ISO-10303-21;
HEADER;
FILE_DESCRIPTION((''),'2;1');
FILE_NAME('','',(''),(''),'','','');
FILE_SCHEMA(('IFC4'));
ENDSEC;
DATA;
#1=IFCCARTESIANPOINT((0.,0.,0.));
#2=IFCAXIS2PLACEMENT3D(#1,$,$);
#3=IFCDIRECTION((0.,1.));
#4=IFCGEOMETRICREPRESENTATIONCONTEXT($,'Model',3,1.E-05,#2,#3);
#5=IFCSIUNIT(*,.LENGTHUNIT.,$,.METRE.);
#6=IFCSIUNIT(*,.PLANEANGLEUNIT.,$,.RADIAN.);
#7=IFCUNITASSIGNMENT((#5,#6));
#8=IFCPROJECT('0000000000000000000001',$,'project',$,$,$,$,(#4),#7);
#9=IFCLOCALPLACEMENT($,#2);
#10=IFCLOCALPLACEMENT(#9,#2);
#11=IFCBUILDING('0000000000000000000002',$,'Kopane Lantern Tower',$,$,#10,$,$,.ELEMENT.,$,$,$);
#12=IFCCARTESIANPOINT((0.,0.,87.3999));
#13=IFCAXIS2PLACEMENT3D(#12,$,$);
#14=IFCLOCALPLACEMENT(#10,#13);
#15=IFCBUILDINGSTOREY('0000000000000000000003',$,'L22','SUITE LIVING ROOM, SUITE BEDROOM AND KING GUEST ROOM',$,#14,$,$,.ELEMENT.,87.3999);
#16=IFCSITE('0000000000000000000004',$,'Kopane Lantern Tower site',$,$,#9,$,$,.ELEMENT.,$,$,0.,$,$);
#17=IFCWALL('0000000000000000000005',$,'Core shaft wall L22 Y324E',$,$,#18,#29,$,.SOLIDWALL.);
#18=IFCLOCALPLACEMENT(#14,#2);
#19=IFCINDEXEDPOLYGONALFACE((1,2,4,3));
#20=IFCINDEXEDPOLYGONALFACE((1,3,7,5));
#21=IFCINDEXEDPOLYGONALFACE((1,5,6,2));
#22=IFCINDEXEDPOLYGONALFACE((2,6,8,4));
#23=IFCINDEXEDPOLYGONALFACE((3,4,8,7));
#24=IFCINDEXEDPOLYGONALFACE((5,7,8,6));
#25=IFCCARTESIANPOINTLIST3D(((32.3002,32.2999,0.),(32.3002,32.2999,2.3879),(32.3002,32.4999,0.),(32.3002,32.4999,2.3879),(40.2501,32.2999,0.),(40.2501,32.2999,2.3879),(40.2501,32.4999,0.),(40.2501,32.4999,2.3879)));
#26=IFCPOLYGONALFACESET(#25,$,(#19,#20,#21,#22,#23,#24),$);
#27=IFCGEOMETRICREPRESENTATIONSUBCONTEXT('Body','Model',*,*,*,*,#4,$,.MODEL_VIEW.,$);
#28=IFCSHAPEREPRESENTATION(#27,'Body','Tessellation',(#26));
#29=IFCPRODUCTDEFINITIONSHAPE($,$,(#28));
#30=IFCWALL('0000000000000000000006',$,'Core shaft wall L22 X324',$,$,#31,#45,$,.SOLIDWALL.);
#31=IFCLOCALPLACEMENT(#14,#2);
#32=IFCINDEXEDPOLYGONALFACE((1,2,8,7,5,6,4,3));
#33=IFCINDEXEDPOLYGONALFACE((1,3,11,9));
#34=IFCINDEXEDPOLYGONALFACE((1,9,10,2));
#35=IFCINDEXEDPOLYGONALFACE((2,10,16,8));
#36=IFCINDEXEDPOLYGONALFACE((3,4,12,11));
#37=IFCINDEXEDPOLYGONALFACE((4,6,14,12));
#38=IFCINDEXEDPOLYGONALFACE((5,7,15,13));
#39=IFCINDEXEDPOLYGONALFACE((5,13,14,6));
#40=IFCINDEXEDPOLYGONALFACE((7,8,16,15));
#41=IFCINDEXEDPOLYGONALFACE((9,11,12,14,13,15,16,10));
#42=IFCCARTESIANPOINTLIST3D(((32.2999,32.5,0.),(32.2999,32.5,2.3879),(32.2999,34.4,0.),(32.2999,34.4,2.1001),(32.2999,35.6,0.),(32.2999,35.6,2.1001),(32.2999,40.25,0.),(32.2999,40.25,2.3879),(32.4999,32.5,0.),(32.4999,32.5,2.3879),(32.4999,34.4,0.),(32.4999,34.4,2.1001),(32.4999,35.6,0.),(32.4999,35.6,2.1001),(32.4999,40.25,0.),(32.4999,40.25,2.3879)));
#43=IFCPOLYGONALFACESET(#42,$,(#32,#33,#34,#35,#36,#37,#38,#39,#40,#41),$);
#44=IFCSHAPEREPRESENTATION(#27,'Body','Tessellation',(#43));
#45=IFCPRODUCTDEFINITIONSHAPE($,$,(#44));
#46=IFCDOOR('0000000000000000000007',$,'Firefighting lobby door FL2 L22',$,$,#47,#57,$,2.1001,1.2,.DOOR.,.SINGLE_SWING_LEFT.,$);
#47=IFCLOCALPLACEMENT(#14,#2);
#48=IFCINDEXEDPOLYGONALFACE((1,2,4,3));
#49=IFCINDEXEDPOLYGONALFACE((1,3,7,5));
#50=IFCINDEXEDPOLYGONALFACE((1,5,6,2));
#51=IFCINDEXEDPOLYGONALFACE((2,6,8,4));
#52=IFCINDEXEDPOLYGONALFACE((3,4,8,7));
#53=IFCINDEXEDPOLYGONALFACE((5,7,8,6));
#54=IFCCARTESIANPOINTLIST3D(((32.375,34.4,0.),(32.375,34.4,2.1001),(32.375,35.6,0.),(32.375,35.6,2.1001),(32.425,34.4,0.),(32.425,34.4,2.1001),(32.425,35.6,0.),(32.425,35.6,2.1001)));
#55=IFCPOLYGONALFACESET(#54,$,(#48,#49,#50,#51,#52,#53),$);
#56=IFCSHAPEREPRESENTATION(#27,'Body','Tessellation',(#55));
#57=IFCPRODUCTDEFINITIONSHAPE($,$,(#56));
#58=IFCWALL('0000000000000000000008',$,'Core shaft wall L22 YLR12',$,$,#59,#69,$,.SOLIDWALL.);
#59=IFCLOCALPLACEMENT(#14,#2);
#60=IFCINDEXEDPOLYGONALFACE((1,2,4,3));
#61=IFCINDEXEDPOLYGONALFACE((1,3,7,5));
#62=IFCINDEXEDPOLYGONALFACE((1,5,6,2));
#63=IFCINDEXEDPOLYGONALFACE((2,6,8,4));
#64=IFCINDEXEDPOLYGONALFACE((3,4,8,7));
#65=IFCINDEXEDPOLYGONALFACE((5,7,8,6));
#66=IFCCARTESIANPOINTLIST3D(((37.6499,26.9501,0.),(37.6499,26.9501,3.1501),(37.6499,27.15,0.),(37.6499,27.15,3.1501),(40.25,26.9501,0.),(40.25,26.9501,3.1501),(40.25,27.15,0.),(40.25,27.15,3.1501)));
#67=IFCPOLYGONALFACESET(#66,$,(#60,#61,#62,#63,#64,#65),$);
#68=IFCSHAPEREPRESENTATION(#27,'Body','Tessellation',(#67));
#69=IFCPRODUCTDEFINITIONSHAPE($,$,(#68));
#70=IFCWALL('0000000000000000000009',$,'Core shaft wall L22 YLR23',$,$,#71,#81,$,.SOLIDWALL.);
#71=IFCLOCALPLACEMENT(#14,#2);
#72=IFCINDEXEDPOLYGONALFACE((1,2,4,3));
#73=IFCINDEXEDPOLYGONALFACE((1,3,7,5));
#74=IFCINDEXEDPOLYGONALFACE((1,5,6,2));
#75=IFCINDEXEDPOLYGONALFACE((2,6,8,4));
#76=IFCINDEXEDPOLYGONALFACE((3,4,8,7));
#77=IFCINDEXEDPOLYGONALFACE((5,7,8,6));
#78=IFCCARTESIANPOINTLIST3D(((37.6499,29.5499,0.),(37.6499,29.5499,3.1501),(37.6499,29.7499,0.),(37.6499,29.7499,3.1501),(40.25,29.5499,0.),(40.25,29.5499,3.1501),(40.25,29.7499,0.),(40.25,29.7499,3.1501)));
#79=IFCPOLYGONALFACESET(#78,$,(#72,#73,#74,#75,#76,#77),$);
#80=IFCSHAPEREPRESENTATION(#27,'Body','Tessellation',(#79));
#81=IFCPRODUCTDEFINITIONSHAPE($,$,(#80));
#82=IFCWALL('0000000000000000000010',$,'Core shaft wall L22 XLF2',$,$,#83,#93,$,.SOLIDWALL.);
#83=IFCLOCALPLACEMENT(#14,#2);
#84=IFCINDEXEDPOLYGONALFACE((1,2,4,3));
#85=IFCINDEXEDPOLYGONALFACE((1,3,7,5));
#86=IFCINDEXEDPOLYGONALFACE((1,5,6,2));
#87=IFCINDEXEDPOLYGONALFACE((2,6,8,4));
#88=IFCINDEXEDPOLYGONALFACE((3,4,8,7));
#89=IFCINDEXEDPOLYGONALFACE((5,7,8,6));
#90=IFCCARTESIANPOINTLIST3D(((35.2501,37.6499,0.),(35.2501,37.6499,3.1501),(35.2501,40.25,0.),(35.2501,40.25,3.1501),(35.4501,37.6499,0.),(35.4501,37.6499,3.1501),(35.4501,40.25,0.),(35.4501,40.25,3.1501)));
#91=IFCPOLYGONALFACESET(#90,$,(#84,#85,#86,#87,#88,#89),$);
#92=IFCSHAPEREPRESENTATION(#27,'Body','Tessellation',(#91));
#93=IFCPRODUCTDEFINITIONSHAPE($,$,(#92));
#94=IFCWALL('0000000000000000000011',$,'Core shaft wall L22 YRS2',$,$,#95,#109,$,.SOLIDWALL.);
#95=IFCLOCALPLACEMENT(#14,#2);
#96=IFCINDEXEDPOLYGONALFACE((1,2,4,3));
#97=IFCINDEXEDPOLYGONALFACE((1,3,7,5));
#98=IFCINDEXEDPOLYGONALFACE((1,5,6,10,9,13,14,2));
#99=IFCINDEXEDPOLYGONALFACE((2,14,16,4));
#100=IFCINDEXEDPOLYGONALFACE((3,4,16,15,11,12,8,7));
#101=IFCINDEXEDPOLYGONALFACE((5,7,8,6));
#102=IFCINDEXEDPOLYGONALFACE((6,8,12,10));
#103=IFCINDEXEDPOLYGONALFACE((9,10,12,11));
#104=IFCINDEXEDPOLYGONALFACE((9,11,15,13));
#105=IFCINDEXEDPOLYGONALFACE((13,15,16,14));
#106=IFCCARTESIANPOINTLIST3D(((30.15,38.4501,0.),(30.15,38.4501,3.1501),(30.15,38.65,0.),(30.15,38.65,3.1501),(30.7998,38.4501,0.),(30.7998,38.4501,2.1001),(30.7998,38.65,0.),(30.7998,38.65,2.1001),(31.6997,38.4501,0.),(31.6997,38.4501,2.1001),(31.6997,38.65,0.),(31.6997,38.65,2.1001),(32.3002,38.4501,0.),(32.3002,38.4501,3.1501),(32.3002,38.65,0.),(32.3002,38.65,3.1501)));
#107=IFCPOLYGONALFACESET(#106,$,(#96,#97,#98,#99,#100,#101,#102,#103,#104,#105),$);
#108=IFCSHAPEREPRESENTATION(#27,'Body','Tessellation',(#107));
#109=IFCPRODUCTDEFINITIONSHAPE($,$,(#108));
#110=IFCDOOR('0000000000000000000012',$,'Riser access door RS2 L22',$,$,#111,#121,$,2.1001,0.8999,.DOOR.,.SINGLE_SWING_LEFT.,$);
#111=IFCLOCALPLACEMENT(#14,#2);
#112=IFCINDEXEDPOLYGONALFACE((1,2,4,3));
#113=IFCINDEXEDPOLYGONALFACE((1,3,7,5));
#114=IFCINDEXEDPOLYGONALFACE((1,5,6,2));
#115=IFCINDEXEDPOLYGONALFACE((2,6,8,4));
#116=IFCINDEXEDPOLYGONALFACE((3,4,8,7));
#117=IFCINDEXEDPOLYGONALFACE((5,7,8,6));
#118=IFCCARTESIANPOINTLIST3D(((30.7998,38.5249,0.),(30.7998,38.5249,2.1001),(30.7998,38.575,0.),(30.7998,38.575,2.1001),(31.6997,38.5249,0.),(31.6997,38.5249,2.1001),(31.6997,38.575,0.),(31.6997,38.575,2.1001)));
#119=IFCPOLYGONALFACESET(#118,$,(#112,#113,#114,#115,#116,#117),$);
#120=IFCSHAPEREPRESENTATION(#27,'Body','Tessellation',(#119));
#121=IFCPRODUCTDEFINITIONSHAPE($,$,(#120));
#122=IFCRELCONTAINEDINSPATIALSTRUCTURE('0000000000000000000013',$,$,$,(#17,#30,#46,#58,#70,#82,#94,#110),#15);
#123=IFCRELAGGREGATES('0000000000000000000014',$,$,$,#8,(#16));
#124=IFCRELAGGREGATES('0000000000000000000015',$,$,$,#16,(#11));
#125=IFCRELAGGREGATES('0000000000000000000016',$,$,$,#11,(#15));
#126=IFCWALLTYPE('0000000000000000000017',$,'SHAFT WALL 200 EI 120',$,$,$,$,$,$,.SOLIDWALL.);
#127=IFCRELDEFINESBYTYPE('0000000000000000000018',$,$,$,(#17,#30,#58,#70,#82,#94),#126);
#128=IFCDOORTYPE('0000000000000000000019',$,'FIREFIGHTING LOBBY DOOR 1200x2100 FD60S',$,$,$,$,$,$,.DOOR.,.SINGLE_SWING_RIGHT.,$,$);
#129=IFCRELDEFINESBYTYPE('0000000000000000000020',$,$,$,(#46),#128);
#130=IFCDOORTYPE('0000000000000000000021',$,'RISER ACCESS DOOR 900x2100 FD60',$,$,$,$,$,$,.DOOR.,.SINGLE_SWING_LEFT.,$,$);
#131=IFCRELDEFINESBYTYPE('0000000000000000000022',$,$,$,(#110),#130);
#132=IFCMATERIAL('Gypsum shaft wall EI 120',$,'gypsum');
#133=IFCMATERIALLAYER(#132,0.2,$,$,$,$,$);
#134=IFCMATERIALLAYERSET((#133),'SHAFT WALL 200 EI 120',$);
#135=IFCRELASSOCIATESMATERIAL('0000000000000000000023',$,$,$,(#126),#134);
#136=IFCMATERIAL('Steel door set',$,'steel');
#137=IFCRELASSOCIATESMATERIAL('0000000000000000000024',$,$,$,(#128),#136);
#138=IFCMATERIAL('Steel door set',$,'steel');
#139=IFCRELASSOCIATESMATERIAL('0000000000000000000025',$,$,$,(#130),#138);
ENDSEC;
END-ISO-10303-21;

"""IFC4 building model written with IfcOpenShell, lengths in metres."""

from ifc_helpers import new_model, si_unit, direction, frame, frame_2d, origin, place, context, subcontext, project, spatial, rectangle, extrude, material, layer, layer_set, type_object, element, fill, save


model = new_model("IFC4")

# Units and contexts
model_context = context("Model", 3, precision=1e-05, world=origin(), true_north=direction((0.0, 1.0)))
body_context = subcontext(model_context, "Body", "Model", "MODEL_VIEW")
ifc_project = project(units=[si_unit("LENGTHUNIT", "METRE"), si_unit("PLANEANGLEUNIT", "RADIAN")], contexts=[model_context])

# Site, building, storey
site_placement = place(None, origin())
site = spatial("IfcSite", under=ifc_project, at=site_placement, Name="Kopane Lantern Tower site", CompositionType="ELEMENT", RefElevation=0.0)
building_placement = place(site_placement, origin())
building = spatial("IfcBuilding", under=site, at=building_placement, Name="Kopane Lantern Tower", CompositionType="ELEMENT")
storey_placement = place(building_placement, frame((0.0, 0.0, 87.3999)))
storey = spatial("IfcBuildingStorey", under=building, at=storey_placement, Name="L22", Description="SUITE LIVING ROOM, SUITE BEDROOM AND KING GUEST ROOM", CompositionType="ELEMENT", Elevation=87.3999)

# Wall
ifc_material_1 = material(Name="Gypsum shaft wall EI 120", Category="gypsum")
ifc_layer_1 = layer(ifc_material_1, 0.2)
ifc_layer_set_1 = layer_set([ifc_layer_1], Name="SHAFT WALL 200 EI 120")
wall_type_1 = type_object("IfcWallType", Name="SHAFT WALL 200 EI 120", PredefinedType="SOLIDWALL", material=ifc_layer_set_1)
wall_1_placement = place(storey_placement, frame((32.3, 32.3999, 0.0), z_axis=(0.0, 0.0, 1.0), x_axis=(1.0, 0.0, 0.0)))
element("IfcWall", 1, at=wall_1_placement, inside=storey, type_object=wall_type_1, Name="Core shaft wall L22 Y324E", PredefinedType="SOLIDWALL", context=body_context, shape_type="SweptSolid", body=[
    extrude(rectangle(XDim=7.95, YDim=0.2, at=frame_2d((3.9751, 0.0))), origin(), (0.0, 0.0, 1.0), 2.3879),
])

# Wall, opening, door
wall_2_placement = place(storey_placement, frame((32.3999, 32.5, 0.0), z_axis=(0.0, 0.0, 1.0), x_axis=(0.0, 1.0, 0.0)))
wall_2 = element("IfcWall", 2, at=wall_2_placement, inside=storey, type_object=wall_type_1, Name="Core shaft wall L22 X324", PredefinedType="SOLIDWALL", context=body_context, shape_type="SweptSolid", body=[
    extrude(rectangle(XDim=7.75, YDim=0.2, at=frame_2d((3.875, 0.0))), origin(), (0.0, 0.0, 1.0), 2.3879),
])
opening_1_placement = place(wall_2_placement, frame((1.8999, 0.0, 0.0)))
opening_1 = element("IfcOpeningElement", 3, at=opening_1_placement, cuts=wall_2, PredefinedType="OPENING", context=body_context, shape_type="SweptSolid", body=[
    extrude(rectangle(XDim=1.2, YDim=2.1001, at=frame_2d((0.6001, 1.05))), frame((0.0, 0.1099, 0.0), z_axis=(0.0, -1.0, 0.0), x_axis=(1.0, 0.0, 0.0)), (0.0, 0.0, 1.0), 0.22),
])
ifc_material_2 = material(Name="Steel door set", Category="steel")
door_type_1 = type_object("IfcDoorType", Name="FIREFIGHTING LOBBY DOOR 1200x2100 FD60S", OperationType="SINGLE_SWING_RIGHT", PredefinedType="DOOR", material=ifc_material_2)
door_1_placement = place(opening_1_placement, origin())
door_1 = element("IfcDoor", 4, at=door_1_placement, inside=storey, type_object=door_type_1, Name="Firefighting lobby door FL2 L22", OperationType="SINGLE_SWING_LEFT", OverallHeight=2.1001, OverallWidth=1.2, PredefinedType="DOOR", context=body_context, shape_type="SweptSolid", body=[
    extrude(rectangle(XDim=1.2, YDim=2.1001, at=frame_2d((0.6001, 1.05))), frame((0.0, 0.0249, 0.0), z_axis=(0.0, -1.0, 0.0), x_axis=(1.0, 0.0, 0.0)), (0.0, 0.0, 1.0), 0.05),
])
fill(opening_1, door_1)

# Walls
for number, where, z_axis, x_axis, name in (
    (5, (37.6499, 27.05, 0.0), (0.0, 0.0, 1.0), (1.0, 0.0, 0.0), "Core shaft wall L22 YLR12"),
    (6, (37.6499, 29.6499, 0.0), (0.0, 0.0, 1.0), (1.0, 0.0, 0.0), "Core shaft wall L22 YLR23"),
    (7, (35.3501, 37.6499, 0.0), (0.0, 0.0, 1.0), (0.0, 1.0, 0.0), "Core shaft wall L22 XLF2"),
):
    element("IfcWall", number, at=place(storey_placement, frame(where, z_axis=z_axis, x_axis=x_axis)), inside=storey, type_object=wall_type_1, Name=name, PredefinedType="SOLIDWALL", context=body_context, shape_type="SweptSolid", body=[
        extrude(rectangle(XDim=2.6001, YDim=0.2, at=frame_2d((1.3, 0.0))), origin(), (0.0, 0.0, 1.0), 3.1501),
    ])

# Wall, opening, door
wall_3_placement = place(storey_placement, frame((30.1499, 38.55, 0.0), z_axis=(0.0, 0.0, 1.0), x_axis=(1.0, 0.0, 0.0)))
wall_3 = element("IfcWall", 8, at=wall_3_placement, inside=storey, type_object=wall_type_1, Name="Core shaft wall L22 YRS2", PredefinedType="SOLIDWALL", context=body_context, shape_type="SweptSolid", body=[
    extrude(rectangle(XDim=2.1501, YDim=0.2, at=frame_2d((1.0752, 0.0))), origin(), (0.0, 0.0, 1.0), 3.1501),
])
opening_2_placement = place(wall_3_placement, frame((0.6499, 0.0, 0.0)))
opening_2 = element("IfcOpeningElement", 9, at=opening_2_placement, cuts=wall_3, PredefinedType="OPENING", context=body_context, shape_type="SweptSolid", body=[
    extrude(rectangle(XDim=0.8999, YDim=2.1001, at=frame_2d((0.45, 1.05))), frame((0.0, 0.1099, 0.0), z_axis=(0.0, -1.0, 0.0), x_axis=(1.0, 0.0, 0.0)), (0.0, 0.0, 1.0), 0.22),
])
ifc_material_3 = material(Name="Steel door set", Category="steel")
door_type_2 = type_object("IfcDoorType", Name="RISER ACCESS DOOR 900x2100 FD60", OperationType="SINGLE_SWING_LEFT", PredefinedType="DOOR", material=ifc_material_3)
door_2_placement = place(opening_2_placement, origin())
door_2 = element("IfcDoor", 10, at=door_2_placement, inside=storey, type_object=door_type_2, Name="Riser access door RS2 L22", OperationType="SINGLE_SWING_LEFT", OverallHeight=2.1001, OverallWidth=0.8999, PredefinedType="DOOR", context=body_context, shape_type="SweptSolid", body=[
    extrude(rectangle(XDim=0.8999, YDim=2.1001, at=frame_2d((0.45, 1.05))), frame((0.0, 0.0249, 0.0), z_axis=(0.0, -1.0, 0.0), x_axis=(1.0, 0.0, 0.0)), (0.0, 0.0, 1.0), 0.05),
])
fill(opening_2, door_2)

save(model, "model.ifc")
